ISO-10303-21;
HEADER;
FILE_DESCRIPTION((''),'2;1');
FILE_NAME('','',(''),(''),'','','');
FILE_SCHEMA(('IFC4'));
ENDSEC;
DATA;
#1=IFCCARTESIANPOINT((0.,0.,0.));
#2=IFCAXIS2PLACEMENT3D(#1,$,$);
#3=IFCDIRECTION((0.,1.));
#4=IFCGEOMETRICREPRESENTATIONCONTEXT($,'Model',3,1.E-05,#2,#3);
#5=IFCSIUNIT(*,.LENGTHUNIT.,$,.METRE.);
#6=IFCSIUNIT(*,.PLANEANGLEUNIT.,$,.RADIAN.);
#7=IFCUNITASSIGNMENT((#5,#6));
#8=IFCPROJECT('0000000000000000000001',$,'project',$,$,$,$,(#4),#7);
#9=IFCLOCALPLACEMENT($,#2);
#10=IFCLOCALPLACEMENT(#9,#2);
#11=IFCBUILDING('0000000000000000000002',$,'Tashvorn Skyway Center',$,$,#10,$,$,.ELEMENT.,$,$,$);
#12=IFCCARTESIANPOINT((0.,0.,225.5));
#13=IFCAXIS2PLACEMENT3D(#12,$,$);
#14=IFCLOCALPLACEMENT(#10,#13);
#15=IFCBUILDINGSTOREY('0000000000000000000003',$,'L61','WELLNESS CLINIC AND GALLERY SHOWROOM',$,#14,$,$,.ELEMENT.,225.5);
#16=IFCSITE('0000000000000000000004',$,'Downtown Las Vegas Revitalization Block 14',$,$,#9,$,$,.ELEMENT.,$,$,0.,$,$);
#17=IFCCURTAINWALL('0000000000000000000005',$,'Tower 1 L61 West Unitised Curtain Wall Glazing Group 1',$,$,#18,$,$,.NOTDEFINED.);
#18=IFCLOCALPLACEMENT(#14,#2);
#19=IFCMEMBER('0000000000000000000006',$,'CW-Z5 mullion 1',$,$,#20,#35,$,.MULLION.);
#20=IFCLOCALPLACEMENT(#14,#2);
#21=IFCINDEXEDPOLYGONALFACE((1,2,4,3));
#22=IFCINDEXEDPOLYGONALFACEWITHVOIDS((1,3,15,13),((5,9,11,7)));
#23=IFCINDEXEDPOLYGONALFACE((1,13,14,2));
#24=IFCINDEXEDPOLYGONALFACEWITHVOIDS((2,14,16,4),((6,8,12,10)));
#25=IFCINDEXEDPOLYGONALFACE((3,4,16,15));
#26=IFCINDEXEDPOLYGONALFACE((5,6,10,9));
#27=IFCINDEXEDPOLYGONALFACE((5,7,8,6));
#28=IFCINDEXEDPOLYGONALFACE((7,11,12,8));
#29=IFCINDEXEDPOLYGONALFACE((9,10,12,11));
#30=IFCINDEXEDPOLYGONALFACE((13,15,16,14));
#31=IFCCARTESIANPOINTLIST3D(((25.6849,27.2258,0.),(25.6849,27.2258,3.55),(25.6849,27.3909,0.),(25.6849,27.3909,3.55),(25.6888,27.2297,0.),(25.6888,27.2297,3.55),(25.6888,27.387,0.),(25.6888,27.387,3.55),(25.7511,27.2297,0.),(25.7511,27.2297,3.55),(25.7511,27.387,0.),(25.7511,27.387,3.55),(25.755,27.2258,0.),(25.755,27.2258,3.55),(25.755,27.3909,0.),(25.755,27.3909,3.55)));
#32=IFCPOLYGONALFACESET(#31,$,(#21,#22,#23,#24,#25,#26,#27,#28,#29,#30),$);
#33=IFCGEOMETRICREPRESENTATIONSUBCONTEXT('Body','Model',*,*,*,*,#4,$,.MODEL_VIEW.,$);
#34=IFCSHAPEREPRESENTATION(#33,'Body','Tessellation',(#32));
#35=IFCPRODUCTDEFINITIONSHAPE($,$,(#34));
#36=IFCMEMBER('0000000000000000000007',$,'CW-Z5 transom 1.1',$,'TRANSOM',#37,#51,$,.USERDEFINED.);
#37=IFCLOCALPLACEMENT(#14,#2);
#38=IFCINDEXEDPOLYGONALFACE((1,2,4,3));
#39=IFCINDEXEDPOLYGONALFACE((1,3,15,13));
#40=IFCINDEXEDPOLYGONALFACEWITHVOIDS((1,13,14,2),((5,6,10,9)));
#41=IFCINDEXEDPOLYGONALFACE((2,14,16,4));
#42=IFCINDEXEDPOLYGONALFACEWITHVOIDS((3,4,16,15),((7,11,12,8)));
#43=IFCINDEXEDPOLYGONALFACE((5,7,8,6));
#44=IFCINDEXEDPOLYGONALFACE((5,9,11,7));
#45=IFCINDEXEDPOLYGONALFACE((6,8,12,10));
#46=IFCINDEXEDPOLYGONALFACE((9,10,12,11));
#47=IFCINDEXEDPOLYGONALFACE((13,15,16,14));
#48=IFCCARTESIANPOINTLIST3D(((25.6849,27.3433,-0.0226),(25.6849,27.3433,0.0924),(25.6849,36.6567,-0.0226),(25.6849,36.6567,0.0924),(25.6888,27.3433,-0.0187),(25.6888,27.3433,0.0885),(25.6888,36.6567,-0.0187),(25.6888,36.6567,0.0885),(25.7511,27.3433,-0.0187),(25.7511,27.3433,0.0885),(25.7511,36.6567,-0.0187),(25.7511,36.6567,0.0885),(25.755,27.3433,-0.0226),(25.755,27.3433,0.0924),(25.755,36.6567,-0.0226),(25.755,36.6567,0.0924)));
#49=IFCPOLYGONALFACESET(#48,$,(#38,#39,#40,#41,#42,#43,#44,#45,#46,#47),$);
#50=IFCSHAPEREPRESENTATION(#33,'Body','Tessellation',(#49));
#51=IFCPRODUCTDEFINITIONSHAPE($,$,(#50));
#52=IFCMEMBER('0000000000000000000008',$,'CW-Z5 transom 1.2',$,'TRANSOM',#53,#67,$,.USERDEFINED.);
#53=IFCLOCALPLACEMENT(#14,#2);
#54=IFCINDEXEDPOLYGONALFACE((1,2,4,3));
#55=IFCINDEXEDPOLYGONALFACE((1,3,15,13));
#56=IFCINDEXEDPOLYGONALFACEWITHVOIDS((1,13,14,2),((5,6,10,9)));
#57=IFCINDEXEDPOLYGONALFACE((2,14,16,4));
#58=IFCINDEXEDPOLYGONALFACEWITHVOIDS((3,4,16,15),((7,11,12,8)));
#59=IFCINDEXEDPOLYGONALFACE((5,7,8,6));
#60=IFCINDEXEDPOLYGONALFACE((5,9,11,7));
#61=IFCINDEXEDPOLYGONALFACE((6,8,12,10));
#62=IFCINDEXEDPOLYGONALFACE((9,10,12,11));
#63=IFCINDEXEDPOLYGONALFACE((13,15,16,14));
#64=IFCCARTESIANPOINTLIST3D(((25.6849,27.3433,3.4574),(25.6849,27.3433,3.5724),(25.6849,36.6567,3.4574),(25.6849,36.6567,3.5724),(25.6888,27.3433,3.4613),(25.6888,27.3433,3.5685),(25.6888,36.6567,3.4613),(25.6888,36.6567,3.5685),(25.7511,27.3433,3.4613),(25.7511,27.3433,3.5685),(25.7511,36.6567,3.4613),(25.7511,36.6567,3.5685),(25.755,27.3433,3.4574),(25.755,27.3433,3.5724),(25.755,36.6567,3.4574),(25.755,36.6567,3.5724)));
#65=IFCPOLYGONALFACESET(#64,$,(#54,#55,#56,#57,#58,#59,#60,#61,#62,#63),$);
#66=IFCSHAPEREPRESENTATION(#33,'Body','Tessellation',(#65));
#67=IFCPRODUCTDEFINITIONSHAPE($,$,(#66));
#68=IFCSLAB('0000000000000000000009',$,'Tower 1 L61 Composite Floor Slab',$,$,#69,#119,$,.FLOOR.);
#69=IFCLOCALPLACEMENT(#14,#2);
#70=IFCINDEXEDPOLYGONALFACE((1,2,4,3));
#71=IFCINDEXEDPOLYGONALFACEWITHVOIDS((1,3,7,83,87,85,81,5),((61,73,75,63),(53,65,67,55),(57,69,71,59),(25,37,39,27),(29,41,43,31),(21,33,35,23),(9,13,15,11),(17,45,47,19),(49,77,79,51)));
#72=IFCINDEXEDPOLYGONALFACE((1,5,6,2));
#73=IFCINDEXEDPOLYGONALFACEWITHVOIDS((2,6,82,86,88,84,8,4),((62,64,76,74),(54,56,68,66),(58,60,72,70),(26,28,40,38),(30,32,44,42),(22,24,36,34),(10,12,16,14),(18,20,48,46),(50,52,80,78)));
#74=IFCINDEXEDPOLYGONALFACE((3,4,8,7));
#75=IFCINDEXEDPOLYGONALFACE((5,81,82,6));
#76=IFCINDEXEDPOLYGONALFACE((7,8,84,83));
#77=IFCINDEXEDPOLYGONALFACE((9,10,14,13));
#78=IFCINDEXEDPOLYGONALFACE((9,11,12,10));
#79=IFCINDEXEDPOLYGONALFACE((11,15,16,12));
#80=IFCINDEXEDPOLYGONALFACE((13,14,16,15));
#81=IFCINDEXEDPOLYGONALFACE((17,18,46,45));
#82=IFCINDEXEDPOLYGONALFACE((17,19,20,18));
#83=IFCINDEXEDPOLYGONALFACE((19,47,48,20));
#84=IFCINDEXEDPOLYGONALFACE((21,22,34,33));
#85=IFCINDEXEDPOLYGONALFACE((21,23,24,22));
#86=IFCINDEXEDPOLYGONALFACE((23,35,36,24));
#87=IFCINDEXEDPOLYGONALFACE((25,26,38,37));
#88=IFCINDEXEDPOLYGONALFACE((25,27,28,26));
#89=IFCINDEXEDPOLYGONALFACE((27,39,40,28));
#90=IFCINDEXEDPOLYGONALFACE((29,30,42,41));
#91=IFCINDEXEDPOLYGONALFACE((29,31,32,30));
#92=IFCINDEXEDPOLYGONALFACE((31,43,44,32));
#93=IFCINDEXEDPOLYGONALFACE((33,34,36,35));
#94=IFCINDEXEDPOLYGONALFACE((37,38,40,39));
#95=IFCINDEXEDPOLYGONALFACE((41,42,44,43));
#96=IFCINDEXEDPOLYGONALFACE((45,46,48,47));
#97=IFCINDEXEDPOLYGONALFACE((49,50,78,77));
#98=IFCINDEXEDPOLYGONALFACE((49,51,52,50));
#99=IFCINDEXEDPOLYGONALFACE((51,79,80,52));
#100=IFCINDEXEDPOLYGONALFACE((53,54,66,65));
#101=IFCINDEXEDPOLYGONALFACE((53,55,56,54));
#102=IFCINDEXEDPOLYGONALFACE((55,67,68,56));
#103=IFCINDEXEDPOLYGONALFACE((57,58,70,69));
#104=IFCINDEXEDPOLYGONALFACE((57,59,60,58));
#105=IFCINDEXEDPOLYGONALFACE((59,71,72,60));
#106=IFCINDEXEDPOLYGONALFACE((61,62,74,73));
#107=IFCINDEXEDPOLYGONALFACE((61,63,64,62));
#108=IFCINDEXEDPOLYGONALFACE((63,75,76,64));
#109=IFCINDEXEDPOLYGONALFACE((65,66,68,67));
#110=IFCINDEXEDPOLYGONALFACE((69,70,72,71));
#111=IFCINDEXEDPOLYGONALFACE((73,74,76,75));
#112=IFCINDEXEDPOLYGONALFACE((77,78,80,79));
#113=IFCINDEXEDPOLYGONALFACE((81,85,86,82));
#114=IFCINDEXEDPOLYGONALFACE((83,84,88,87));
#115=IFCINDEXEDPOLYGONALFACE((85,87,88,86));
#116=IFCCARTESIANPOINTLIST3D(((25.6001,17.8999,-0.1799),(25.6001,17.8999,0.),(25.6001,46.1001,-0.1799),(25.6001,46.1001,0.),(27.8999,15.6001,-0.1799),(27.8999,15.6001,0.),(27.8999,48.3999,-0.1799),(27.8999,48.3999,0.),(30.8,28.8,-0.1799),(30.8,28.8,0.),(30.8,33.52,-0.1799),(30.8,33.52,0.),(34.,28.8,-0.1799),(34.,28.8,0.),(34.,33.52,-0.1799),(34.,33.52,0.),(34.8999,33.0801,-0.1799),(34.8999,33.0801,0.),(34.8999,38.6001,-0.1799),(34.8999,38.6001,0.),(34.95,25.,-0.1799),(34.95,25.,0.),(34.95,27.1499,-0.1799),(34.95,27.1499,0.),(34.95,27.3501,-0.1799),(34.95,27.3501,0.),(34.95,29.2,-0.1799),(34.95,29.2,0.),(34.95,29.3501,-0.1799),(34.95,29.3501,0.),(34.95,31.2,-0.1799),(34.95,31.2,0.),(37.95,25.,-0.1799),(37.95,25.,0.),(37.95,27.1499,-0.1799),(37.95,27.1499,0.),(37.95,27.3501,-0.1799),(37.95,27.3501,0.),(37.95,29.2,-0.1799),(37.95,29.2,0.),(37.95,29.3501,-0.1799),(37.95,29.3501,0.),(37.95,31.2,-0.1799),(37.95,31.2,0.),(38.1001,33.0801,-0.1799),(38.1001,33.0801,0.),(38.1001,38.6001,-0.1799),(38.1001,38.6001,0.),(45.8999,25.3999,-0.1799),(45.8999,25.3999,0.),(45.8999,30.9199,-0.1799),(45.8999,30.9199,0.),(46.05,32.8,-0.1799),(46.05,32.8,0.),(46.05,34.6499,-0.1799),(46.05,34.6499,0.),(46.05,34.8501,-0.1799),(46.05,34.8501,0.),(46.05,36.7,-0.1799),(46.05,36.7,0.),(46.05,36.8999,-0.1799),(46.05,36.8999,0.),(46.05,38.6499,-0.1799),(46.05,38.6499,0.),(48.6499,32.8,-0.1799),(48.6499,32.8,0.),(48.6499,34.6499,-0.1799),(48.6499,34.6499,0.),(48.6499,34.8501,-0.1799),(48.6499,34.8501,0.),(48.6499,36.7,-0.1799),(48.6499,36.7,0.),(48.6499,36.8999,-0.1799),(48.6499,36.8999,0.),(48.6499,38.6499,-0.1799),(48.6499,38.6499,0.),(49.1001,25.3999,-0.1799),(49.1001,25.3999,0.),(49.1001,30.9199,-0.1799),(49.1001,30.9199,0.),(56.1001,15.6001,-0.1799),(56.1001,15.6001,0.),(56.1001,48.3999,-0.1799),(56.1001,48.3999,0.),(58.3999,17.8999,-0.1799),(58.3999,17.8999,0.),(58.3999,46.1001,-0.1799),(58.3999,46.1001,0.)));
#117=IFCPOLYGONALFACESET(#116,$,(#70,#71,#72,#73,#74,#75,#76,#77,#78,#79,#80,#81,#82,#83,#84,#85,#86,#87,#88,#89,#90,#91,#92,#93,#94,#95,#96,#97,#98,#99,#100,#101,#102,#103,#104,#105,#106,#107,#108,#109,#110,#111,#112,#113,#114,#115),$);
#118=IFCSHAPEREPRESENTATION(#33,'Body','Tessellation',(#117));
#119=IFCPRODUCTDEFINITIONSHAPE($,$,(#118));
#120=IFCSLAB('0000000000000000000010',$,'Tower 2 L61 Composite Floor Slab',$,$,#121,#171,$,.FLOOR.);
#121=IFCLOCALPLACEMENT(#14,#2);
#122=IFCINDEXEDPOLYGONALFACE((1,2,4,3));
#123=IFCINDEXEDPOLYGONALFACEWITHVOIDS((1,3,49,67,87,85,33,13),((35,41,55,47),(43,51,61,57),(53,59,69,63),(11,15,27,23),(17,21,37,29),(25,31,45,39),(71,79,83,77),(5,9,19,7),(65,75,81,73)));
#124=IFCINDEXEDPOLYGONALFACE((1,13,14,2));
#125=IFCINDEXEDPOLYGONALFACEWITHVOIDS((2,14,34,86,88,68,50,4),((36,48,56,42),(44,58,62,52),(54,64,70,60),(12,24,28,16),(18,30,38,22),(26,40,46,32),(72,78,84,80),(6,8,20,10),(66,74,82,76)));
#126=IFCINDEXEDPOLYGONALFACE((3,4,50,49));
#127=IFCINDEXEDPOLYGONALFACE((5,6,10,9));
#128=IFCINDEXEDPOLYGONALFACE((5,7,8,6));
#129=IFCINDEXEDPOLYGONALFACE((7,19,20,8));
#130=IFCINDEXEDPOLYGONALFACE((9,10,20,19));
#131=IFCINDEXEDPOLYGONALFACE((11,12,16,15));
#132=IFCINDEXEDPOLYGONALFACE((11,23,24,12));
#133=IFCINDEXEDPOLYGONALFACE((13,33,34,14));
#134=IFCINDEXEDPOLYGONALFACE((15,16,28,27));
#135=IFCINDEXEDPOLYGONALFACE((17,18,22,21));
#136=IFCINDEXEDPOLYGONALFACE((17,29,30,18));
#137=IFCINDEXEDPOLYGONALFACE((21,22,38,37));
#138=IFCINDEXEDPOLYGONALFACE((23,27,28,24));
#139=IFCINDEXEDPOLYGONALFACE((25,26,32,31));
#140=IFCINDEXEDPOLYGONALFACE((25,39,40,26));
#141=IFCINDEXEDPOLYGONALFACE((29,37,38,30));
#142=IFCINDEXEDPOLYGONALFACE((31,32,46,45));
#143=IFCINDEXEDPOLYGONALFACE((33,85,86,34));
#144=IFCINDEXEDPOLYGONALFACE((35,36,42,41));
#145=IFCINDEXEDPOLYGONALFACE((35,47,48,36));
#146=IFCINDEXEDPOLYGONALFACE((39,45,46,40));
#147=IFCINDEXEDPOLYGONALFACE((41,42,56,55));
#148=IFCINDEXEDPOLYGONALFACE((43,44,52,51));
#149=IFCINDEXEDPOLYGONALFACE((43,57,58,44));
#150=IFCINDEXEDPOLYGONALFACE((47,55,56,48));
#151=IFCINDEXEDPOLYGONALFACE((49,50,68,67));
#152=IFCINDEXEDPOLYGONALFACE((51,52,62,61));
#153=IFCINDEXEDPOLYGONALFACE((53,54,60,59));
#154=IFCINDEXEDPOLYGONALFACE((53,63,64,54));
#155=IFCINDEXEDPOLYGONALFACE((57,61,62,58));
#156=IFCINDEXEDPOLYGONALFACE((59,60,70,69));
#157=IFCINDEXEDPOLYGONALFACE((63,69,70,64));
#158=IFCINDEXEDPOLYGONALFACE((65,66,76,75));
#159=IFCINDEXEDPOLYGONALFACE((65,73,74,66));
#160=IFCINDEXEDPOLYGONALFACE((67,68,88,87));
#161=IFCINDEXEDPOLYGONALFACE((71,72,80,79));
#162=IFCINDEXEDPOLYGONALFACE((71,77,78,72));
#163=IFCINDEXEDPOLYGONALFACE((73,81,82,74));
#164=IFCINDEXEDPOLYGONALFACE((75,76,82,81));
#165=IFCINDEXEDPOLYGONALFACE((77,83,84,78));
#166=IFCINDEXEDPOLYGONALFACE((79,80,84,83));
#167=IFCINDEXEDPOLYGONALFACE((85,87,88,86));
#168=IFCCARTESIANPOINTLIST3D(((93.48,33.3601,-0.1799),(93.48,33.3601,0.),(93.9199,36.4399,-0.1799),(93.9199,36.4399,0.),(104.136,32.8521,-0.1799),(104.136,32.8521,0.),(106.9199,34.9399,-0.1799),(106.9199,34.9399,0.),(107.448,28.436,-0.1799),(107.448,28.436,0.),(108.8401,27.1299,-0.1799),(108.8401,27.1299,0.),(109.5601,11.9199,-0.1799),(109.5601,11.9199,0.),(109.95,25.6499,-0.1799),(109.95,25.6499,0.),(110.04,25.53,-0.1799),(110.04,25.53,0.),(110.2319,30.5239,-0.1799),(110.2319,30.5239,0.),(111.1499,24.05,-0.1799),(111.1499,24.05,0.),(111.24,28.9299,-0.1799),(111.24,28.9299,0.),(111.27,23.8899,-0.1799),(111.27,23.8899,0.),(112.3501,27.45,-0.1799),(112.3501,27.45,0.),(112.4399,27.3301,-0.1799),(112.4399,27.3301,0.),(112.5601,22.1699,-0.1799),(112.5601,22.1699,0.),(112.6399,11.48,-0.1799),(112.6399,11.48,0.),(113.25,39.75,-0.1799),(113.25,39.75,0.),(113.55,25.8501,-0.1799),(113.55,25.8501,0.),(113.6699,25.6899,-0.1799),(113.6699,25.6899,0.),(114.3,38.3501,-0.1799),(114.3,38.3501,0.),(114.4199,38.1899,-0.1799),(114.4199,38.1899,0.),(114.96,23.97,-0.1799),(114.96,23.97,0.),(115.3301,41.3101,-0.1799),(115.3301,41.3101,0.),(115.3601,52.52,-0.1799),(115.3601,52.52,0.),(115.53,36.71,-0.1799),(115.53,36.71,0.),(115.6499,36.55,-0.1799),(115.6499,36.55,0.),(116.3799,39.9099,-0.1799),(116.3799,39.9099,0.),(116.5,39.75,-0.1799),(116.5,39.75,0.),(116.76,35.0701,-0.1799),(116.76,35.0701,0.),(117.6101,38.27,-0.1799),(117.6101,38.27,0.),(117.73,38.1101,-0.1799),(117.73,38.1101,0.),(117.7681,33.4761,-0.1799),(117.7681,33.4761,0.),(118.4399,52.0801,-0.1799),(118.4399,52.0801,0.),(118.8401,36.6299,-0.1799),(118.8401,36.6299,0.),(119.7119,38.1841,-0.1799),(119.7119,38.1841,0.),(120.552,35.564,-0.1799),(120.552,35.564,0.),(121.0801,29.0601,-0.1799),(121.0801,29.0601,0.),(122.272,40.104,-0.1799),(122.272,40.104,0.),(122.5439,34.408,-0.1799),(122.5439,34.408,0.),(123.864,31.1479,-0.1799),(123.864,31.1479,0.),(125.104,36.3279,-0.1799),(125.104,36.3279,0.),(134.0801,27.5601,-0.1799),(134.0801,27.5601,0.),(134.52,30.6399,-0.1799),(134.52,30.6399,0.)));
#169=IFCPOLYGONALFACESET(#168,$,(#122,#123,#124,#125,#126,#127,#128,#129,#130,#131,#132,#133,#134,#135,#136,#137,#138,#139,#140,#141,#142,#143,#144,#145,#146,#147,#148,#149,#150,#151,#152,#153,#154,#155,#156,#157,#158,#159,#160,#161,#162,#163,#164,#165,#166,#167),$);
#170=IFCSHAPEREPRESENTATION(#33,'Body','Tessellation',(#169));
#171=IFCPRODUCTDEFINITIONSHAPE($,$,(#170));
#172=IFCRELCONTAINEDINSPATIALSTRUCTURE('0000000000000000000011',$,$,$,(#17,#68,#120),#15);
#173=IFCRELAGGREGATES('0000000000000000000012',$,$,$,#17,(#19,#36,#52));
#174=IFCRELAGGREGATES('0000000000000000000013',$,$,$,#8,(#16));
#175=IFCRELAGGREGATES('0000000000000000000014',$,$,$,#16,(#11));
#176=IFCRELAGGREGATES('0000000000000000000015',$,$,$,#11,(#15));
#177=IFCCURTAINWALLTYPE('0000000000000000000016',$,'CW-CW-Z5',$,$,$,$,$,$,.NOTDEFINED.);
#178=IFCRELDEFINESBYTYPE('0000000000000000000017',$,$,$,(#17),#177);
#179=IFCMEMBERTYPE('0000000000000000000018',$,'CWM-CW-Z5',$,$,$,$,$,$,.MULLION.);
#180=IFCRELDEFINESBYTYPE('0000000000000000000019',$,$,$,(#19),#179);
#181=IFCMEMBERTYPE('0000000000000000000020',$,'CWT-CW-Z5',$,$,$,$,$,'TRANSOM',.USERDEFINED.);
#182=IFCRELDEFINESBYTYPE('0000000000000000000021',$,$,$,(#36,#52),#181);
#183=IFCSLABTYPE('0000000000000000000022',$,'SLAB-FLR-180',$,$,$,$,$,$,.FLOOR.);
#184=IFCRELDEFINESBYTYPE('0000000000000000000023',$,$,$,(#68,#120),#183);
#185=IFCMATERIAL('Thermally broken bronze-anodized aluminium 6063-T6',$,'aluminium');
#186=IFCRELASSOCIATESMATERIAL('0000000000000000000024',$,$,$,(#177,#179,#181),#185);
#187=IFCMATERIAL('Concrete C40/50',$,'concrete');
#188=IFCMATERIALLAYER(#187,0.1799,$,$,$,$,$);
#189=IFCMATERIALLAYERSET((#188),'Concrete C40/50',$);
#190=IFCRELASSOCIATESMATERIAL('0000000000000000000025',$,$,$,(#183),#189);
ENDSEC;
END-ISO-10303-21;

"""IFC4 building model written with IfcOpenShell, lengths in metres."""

from ifc_helpers import new_model, si_unit, direction, frame, origin, origin_2d, place, context, subcontext, project, spatial, polyline, hollow_rectangle, outline, extrude, material, layer, layer_set, material_profile, profile_set, type_object, element, aggregate, save


model = new_model("IFC4")

# Units and contexts
model_context = context("Model", 3, precision=1e-05, world=origin(), true_north=direction((0.0, 1.0)))
body_context = subcontext(model_context, "Body", "Model", "MODEL_VIEW")
ifc_project = project(units=[si_unit("LENGTHUNIT", "METRE"), si_unit("PLANEANGLEUNIT", "RADIAN")], contexts=[model_context])

# Site, building, storey
site_placement = place(None, origin())
site = spatial("IfcSite", under=ifc_project, at=site_placement, Name="Downtown Las Vegas Revitalization Block 14", CompositionType="ELEMENT", RefElevation=0.0)
building_placement = place(site_placement, origin())
building = spatial("IfcBuilding", under=site, at=building_placement, Name="Tashvorn Skyway Center", CompositionType="ELEMENT")
storey_placement = place(building_placement, frame((0.0, 0.0, 225.5)))
storey = spatial("IfcBuildingStorey", under=building, at=storey_placement, Name="L61", Description="WELLNESS CLINIC AND GALLERY SHOWROOM", CompositionType="ELEMENT", Elevation=225.5)

# Curtain wall, members
ifc_material_1 = material(Name="Thermally broken bronze-anodized aluminium 6063-T6", Category="aluminium")
curtain_wall_type = type_object("IfcCurtainWallType", Name="CW-CW-Z5", PredefinedType="NOTDEFINED", material=ifc_material_1)
curtain_wall_placement = place(storey_placement, origin())
curtain_wall = element("IfcCurtainWall", 1, at=curtain_wall_placement, inside=storey, type_object=curtain_wall_type, Name="Tower 1 L61 West Unitised Curtain Wall Glazing Group 1", PredefinedType="NOTDEFINED")
ifc_material_profile_1 = material_profile(ifc_material_1, hollow_rectangle(XDim=0.0701, YDim=0.165, WallThickness=0.0039, at=origin_2d()), Name="ALU-MULL-70x165")
ifc_profile_set_1 = profile_set([ifc_material_profile_1], Name="Thermally broken bronze-anodized aluminium 6063-T6")
member_type_1 = type_object("IfcMemberType", Name="CWM-CW-Z5", PredefinedType="MULLION", material=ifc_profile_set_1)
member_1_placement = place(storey_placement, frame((25.72, 27.3083, 0.0), z_axis=(0.0, 0.0, 1.0), x_axis=(-1.0, 0.0, 0.0)))
member_1 = element("IfcMember", 2, at=member_1_placement, type_object=member_type_1, Name="CW-Z5 mullion 1", PredefinedType="MULLION", context=body_context, shape_type="SweptSolid", body=[
    extrude(hollow_rectangle(XDim=0.0701, YDim=0.165, WallThickness=0.0039, at=origin_2d()), origin(), (0.0, 0.0, 1.0), 3.55),
])
ifc_material_profile_2 = material_profile(ifc_material_1, hollow_rectangle(XDim=0.0701, YDim=0.115, WallThickness=0.0039, at=origin_2d()), Name="ALU-TRAN-70x115")
ifc_profile_set_2 = profile_set([ifc_material_profile_2], Name="Thermally broken bronze-anodized aluminium 6063-T6")
member_type_2 = type_object("IfcMemberType", Name="CWT-CW-Z5", ElementType="TRANSOM", PredefinedType="USERDEFINED", material=ifc_profile_set_2)
member_2_placement = place(storey_placement, frame((25.72, 27.3433, 0.0349), z_axis=(0.0, 1.0, 0.0), x_axis=(-1.0, 0.0, 0.0)))
member_2 = element("IfcMember", 3, at=member_2_placement, type_object=member_type_2, Name="CW-Z5 transom 1.1", ObjectType="TRANSOM", PredefinedType="USERDEFINED", context=body_context, shape_type="SweptSolid", body=[
    extrude(hollow_rectangle(XDim=0.0701, YDim=0.115, WallThickness=0.0039, at=origin_2d()), origin(), (0.0, 0.0, 1.0), 9.3135),
])
member_3_placement = place(storey_placement, frame((25.72, 27.3433, 3.5149), z_axis=(0.0, 1.0, 0.0), x_axis=(-1.0, 0.0, 0.0)))
member_3 = element("IfcMember", 4, at=member_3_placement, type_object=member_type_2, Name="CW-Z5 transom 1.2", ObjectType="TRANSOM", PredefinedType="USERDEFINED", context=body_context, shape_type="SweptSolid", body=[
    extrude(hollow_rectangle(XDim=0.0701, YDim=0.115, WallThickness=0.0039, at=origin_2d()), origin(), (0.0, 0.0, 1.0), 9.3135),
])
aggregate(curtain_wall, [member_1, member_2, member_3])

# Slabs
ifc_material_2 = material(Name="Concrete C40/50", Category="concrete")
ifc_layer_1 = layer(ifc_material_2, 0.1799)
ifc_layer_set_1 = layer_set([ifc_layer_1], Name="Concrete C40/50")
slab_type_1 = type_object("IfcSlabType", Name="SLAB-FLR-180", PredefinedType="FLOOR", material=ifc_layer_set_1)
slab_1_placement = place(storey_placement, frame((0.0, 0.0, -0.1799)))
element("IfcSlab", 5, at=slab_1_placement, inside=storey, type_object=slab_type_1, Name="Tower 1 L61 Composite Floor Slab", PredefinedType="FLOOR", context=body_context, shape_type="SweptSolid", body=[
    extrude(outline(polyline([(27.8999, 15.6001), (56.1001, 15.6001), (58.3999, 17.8999), (58.3999, 46.1001), (56.1001, 48.3999), (27.8999, 48.3999), (25.6001, 46.1001), (25.6001, 17.8999), (27.8999, 15.6001)]), holes=[polyline([(38.1001, 33.0801), (38.1001, 38.6001), (34.8999, 38.6001), (34.8999, 33.0801), (38.1001, 33.0801)]), polyline([(45.8999, 30.9199), (45.8999, 25.3999), (49.1001, 25.3999), (49.1001, 30.9199), (45.8999, 30.9199)]), polyline([(30.8, 33.52), (30.8, 28.8), (34.0, 28.8), (34.0, 33.52), (30.8, 33.52)]), polyline([(34.95, 29.3501), (37.95, 29.3501), (37.95, 31.2), (34.95, 31.2), (34.95, 29.3501)]), polyline([(34.95, 27.3501), (37.95, 27.3501), (37.95, 29.2), (34.95, 29.2), (34.95, 27.3501)]), polyline([(34.95, 25.0), (37.95, 25.0), (37.95, 27.1499), (34.95, 27.1499), (34.95, 25.0)]), polyline([(46.05, 32.8), (48.6499, 32.8), (48.6499, 34.6499), (46.05, 34.6499), (46.05, 32.8)]), polyline([(46.05, 34.8501), (48.6499, 34.8501), (48.6499, 36.7), (46.05, 36.7), (46.05, 34.8501)]), polyline([(46.05, 36.8999), (48.6499, 36.8999), (48.6499, 38.6499), (46.05, 38.6499), (46.05, 36.8999)])]), origin(), (0.0, 0.0, 1.0), 0.1799),
])
slab_2_placement = place(storey_placement, frame((0.0, 0.0, -0.1799)))
element("IfcSlab", 6, at=slab_2_placement, inside=storey, type_object=slab_type_1, Name="Tower 2 L61 Composite Floor Slab", PredefinedType="FLOOR", context=body_context, shape_type="SweptSolid", body=[
    extrude(outline(polyline([(112.6399, 11.48), (134.0801, 27.5601), (134.52, 30.6399), (118.4399, 52.0801), (115.3601, 52.52), (93.9199, 36.4399), (93.48, 33.3601), (109.5601, 11.9199), (112.6399, 11.48)]), holes=[polyline([(110.2319, 30.5239), (106.9199, 34.9399), (104.136, 32.8521), (107.448, 28.436), (110.2319, 30.5239)]), polyline([(117.7681, 33.4761), (121.0801, 29.0601), (123.864, 31.1479), (120.552, 35.564), (117.7681, 33.4761)]), polyline([(119.7119, 38.1841), (122.5439, 34.408), (125.104, 36.3279), (122.272, 40.104), (119.7119, 38.1841)]), polyline([(109.95, 25.6499), (112.3501, 27.45), (111.24, 28.9299), (108.8401, 27.1299), (109.95, 25.6499)]), polyline([(111.1499, 24.05), (113.55, 25.8501), (112.4399, 27.3301), (110.04, 25.53), (111.1499, 24.05)]), polyline([(112.5601, 22.1699), (114.96, 23.97), (113.6699, 25.6899), (111.27, 23.8899), (112.5601, 22.1699)]), polyline([(116.76, 35.0701), (118.8401, 36.6299), (117.73, 38.1101), (115.6499, 36.55), (116.76, 35.0701)]), polyline([(115.53, 36.71), (117.6101, 38.27), (116.5, 39.75), (114.4199, 38.1899), (115.53, 36.71)]), polyline([(114.3, 38.3501), (116.3799, 39.9099), (115.3301, 41.3101), (113.25, 39.75), (114.3, 38.3501)])]), origin(), (0.0, 0.0, 1.0), 0.1799),
])

save(model, "model.ifc")
